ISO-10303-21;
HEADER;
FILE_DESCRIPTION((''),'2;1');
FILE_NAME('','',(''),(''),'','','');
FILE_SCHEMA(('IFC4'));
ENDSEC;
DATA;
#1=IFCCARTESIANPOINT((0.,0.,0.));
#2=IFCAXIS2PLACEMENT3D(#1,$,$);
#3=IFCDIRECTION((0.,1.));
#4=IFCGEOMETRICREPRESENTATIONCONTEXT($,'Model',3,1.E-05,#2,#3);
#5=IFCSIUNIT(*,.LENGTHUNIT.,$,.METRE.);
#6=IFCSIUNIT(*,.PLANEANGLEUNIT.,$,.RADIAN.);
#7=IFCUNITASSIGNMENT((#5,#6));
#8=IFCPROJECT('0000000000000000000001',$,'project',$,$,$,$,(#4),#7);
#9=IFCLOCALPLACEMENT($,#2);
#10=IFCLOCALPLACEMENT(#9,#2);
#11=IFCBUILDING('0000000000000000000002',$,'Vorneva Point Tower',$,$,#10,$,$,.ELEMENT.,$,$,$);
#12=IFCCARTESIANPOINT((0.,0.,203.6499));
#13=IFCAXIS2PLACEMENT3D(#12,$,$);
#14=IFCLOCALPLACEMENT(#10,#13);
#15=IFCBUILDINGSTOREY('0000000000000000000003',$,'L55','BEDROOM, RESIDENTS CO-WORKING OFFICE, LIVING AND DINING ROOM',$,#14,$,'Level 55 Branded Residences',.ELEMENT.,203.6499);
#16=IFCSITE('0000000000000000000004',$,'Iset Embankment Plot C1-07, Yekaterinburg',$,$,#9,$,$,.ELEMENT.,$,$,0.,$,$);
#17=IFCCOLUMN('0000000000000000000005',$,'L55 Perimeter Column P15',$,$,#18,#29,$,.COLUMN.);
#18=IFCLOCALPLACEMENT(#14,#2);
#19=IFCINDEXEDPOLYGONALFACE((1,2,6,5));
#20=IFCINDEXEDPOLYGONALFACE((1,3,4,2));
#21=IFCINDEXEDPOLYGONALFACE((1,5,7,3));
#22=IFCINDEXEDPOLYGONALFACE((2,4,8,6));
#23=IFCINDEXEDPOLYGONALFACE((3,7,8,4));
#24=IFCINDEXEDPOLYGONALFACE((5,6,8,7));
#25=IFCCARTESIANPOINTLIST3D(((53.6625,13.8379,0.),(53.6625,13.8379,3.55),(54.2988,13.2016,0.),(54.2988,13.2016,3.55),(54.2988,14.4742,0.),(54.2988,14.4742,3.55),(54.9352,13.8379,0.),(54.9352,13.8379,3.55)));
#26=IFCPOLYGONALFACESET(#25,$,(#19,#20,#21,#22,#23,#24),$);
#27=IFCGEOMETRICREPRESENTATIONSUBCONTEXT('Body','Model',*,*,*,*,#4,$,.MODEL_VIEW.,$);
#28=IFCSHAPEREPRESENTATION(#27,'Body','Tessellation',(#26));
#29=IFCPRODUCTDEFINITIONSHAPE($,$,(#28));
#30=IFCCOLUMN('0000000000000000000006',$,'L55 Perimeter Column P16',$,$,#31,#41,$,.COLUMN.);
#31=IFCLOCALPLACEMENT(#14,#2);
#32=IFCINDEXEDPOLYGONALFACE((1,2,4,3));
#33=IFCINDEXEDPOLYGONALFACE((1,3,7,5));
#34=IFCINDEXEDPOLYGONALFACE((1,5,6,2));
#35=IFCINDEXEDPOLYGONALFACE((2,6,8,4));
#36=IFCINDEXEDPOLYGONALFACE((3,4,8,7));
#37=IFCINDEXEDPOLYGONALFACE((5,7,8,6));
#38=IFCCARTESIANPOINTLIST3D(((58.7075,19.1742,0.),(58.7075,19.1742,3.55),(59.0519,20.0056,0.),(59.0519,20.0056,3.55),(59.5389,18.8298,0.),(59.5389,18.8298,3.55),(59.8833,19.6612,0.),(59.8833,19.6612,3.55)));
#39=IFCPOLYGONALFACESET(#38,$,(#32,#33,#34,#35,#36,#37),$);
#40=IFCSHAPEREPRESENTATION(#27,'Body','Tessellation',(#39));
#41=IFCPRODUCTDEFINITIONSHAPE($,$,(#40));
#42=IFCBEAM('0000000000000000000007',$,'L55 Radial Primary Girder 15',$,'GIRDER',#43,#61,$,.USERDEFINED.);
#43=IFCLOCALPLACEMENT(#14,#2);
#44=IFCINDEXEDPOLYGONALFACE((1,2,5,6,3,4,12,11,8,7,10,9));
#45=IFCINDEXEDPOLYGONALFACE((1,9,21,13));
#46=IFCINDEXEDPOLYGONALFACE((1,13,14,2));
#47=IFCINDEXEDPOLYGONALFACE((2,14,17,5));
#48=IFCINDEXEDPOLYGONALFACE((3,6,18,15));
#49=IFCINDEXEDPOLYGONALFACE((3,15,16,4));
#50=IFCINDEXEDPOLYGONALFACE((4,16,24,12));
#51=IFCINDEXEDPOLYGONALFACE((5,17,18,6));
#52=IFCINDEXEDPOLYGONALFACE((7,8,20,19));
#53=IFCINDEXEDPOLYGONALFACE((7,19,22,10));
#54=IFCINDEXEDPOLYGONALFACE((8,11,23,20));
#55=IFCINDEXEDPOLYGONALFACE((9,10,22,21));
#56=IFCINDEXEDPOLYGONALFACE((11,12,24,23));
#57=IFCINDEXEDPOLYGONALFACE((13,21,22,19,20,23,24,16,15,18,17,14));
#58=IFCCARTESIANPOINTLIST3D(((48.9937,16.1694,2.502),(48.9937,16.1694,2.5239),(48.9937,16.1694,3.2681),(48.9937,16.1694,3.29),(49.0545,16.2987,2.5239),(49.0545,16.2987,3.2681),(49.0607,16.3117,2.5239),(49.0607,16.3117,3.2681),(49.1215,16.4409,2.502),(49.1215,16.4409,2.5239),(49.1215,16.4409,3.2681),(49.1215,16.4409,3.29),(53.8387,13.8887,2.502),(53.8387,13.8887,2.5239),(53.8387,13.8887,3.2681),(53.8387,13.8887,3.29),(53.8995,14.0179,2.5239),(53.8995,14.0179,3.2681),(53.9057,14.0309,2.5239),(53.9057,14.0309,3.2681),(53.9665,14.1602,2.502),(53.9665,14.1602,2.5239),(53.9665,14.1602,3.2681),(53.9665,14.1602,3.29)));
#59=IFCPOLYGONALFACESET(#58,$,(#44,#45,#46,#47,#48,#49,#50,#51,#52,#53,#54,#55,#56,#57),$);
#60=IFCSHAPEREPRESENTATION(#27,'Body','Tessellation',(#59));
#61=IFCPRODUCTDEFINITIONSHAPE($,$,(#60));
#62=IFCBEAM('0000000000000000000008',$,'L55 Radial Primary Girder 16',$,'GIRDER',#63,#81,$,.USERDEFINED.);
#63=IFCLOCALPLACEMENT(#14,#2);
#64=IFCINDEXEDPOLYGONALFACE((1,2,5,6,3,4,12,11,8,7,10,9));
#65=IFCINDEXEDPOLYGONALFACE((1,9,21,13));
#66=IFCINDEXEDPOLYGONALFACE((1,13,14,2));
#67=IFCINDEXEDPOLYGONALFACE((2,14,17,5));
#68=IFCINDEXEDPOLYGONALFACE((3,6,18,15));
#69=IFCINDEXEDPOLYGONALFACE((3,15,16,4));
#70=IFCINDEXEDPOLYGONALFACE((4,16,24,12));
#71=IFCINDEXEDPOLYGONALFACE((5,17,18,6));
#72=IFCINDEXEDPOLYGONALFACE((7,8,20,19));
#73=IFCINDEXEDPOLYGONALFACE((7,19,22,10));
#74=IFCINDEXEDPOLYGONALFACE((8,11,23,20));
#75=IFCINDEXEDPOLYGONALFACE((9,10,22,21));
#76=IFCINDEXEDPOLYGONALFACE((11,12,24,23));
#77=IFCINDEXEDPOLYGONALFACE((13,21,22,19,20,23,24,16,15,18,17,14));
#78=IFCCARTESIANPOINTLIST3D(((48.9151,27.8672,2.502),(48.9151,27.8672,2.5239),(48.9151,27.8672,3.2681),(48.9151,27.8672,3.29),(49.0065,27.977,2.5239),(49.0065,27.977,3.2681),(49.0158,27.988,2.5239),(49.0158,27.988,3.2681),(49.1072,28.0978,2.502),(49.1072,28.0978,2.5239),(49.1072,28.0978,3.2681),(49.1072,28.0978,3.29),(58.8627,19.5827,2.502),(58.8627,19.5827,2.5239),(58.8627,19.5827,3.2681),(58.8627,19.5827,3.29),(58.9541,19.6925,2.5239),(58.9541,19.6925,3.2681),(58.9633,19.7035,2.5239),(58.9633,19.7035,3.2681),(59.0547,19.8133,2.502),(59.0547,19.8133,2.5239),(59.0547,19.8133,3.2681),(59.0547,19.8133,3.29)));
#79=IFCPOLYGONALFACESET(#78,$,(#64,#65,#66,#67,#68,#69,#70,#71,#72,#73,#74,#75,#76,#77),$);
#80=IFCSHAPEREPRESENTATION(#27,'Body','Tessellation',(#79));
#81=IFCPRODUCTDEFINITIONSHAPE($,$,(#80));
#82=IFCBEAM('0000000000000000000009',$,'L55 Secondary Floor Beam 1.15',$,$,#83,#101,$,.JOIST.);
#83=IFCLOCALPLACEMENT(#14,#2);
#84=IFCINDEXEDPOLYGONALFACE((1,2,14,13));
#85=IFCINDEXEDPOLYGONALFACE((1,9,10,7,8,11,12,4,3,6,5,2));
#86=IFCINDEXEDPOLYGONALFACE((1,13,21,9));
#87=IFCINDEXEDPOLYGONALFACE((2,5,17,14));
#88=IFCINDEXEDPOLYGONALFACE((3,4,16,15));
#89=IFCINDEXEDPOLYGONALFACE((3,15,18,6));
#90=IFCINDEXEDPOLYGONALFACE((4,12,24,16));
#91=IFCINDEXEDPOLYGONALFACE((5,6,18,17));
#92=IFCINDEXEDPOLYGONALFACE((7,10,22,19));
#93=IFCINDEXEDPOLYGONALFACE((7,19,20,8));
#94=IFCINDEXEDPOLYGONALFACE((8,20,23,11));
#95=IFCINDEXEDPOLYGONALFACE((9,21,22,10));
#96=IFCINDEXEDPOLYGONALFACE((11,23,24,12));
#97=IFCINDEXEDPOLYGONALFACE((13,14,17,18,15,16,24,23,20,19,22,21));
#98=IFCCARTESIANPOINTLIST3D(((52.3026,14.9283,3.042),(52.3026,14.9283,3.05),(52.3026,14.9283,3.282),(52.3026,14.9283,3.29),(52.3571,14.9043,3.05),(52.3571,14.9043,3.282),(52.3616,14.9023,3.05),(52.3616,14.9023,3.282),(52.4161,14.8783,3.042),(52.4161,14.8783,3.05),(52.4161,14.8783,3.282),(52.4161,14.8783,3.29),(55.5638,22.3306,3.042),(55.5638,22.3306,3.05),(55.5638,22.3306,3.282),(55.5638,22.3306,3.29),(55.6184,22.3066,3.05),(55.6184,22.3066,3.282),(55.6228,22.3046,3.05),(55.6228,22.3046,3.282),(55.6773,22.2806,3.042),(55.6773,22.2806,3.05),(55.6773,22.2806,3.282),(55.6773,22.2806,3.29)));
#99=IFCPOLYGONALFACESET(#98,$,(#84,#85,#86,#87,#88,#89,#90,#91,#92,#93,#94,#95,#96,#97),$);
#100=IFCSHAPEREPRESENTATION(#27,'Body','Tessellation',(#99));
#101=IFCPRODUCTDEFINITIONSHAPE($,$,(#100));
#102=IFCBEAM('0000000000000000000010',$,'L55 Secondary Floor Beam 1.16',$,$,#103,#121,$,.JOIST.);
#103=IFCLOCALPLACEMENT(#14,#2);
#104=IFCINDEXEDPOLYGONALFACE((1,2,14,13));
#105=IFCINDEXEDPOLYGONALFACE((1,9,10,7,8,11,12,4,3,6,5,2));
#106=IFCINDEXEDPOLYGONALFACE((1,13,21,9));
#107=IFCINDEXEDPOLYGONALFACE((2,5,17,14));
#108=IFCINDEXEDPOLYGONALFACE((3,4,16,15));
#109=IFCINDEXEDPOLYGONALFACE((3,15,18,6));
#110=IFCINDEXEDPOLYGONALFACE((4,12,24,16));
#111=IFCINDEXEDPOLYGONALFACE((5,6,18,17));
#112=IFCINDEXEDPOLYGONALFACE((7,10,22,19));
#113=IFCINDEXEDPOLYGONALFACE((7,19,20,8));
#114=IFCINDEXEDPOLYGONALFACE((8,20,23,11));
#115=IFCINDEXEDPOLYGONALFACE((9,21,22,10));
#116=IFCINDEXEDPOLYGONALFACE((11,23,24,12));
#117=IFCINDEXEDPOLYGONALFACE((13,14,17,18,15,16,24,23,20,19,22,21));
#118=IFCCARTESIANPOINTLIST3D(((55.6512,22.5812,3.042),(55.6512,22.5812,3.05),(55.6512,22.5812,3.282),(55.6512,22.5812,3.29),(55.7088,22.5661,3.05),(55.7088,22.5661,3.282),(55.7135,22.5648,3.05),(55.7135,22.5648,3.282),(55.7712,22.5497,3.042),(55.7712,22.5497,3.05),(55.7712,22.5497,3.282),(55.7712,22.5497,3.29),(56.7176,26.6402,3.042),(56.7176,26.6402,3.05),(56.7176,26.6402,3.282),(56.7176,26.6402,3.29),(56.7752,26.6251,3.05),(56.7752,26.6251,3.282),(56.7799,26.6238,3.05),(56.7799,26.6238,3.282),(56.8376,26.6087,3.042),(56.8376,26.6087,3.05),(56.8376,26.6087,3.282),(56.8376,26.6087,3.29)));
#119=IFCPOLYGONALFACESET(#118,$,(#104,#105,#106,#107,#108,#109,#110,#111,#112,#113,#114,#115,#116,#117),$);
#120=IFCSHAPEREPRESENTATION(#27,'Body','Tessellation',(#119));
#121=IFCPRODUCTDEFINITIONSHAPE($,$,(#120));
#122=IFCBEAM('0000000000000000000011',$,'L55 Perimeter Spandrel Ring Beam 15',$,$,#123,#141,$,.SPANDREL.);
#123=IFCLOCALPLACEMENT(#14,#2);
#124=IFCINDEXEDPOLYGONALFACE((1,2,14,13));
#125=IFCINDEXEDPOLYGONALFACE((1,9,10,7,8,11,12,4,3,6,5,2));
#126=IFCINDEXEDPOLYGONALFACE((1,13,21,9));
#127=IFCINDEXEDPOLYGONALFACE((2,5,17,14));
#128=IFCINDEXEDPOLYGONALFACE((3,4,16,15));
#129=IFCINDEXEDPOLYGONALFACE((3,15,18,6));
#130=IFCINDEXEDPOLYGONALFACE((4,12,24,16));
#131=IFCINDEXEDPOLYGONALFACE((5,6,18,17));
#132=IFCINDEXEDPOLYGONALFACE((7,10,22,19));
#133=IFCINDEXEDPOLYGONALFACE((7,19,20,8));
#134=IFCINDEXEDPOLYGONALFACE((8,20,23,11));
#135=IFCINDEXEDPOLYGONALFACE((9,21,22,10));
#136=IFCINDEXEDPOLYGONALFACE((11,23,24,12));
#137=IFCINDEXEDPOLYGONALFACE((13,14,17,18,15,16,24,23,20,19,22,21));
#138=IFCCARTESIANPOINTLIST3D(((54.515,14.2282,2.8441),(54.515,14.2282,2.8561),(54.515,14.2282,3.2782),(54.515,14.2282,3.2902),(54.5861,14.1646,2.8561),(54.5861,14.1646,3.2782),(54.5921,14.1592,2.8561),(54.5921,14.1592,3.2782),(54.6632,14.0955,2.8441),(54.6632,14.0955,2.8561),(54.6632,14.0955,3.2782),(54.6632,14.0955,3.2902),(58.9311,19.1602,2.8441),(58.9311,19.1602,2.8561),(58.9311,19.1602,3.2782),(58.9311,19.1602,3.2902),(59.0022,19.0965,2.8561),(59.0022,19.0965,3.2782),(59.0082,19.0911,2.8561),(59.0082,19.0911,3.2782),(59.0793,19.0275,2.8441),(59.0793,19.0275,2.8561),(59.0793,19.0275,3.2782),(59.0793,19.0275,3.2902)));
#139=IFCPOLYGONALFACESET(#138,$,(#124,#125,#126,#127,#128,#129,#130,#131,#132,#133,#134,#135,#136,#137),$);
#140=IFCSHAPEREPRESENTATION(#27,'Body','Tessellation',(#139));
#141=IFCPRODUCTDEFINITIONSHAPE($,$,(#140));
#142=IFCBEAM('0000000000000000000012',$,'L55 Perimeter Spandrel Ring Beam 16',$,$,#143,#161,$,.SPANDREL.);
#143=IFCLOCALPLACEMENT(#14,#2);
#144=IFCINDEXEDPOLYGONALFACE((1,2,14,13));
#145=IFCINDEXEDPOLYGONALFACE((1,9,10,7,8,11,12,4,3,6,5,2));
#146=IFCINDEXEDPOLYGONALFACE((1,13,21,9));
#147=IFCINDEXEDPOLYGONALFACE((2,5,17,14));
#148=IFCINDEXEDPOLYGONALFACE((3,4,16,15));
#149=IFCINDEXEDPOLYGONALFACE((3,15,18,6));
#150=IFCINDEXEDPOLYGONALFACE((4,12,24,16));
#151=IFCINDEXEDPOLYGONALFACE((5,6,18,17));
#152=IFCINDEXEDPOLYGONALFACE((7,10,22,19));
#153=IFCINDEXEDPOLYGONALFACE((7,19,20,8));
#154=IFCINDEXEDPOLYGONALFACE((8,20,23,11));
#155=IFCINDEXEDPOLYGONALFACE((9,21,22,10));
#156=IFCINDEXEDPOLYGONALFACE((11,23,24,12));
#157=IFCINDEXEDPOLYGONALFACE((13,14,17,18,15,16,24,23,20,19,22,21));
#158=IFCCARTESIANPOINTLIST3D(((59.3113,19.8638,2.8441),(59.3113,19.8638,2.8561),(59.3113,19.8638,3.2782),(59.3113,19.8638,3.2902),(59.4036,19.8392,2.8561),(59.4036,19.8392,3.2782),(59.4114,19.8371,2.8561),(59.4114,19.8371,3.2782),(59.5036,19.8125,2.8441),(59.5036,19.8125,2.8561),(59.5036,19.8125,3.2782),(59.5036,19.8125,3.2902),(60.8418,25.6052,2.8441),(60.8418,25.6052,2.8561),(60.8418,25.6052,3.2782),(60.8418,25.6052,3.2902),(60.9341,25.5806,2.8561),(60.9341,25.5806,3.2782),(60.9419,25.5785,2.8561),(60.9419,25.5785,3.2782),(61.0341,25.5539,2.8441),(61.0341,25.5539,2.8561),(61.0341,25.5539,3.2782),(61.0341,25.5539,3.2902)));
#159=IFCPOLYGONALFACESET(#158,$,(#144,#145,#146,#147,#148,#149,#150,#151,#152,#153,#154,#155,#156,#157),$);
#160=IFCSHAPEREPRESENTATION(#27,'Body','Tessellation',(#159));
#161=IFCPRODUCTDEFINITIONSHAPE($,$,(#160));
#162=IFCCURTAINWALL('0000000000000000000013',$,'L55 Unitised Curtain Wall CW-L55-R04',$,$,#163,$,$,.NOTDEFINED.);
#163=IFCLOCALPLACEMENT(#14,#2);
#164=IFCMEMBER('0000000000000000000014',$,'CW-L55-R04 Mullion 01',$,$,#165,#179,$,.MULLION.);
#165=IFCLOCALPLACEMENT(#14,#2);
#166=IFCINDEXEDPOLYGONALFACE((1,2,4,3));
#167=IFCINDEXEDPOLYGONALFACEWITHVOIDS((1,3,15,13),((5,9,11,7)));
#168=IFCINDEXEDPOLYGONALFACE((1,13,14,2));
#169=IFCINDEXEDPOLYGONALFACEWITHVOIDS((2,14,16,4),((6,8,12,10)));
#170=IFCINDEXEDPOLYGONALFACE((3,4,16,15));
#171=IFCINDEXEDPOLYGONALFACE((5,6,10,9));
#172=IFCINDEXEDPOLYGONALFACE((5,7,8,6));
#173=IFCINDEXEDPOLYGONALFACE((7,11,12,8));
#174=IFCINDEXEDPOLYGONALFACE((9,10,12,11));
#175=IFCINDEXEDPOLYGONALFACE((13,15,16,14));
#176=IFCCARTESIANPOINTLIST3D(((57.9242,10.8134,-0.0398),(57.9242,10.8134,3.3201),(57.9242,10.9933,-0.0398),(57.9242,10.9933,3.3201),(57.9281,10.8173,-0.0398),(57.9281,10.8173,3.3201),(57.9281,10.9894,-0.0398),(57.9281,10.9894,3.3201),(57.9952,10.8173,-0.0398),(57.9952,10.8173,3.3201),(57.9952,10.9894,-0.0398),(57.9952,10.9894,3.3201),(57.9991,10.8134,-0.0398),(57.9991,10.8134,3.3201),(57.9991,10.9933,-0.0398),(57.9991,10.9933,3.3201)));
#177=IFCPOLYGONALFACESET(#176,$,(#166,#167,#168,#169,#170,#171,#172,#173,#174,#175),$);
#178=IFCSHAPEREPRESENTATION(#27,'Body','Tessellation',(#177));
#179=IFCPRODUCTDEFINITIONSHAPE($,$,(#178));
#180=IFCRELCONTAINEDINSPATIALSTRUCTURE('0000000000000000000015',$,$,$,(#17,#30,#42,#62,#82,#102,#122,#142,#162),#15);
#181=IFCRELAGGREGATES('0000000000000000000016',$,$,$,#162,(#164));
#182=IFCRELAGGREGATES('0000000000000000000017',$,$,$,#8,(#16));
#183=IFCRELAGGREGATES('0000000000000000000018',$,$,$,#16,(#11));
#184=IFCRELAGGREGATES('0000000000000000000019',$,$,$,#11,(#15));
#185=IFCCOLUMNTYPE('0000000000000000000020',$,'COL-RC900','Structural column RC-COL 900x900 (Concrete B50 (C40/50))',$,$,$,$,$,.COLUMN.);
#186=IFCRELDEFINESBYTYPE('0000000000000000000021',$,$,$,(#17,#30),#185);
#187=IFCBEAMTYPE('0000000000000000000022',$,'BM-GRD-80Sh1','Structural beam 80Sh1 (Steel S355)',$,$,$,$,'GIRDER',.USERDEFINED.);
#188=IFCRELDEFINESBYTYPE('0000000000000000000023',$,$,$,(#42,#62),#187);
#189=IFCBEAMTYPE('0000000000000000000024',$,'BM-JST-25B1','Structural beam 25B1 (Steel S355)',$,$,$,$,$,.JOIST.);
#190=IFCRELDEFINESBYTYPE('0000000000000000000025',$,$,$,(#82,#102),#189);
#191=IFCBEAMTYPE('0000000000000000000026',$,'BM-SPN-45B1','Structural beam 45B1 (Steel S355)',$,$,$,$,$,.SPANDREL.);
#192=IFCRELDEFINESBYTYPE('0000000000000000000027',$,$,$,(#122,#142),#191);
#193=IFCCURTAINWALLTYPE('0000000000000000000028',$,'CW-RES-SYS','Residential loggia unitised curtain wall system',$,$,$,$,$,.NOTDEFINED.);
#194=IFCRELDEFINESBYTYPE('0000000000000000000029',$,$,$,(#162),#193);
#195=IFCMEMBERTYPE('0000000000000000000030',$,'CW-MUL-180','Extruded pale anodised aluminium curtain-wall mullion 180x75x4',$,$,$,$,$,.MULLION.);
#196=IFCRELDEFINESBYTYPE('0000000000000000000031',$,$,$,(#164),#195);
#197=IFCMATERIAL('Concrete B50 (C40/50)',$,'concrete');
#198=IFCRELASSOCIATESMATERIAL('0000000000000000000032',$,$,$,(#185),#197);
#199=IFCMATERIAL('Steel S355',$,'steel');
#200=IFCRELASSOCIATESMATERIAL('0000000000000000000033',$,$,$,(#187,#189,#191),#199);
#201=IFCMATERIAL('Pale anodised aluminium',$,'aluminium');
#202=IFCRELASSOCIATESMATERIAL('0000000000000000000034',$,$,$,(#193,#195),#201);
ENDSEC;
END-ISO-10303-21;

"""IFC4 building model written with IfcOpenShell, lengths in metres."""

from ifc_helpers import new_model, si_unit, direction, frame, origin, origin_2d, place, context, subcontext, project, spatial, rectangle, hollow_rectangle, i_section, extrude, material, material_profile, profile_set, type_object, element, aggregate, save


model = new_model("IFC4")

# Units and contexts
model_context = context("Model", 3, precision=1e-05, world=origin(), true_north=direction((0.0, 1.0)))
body_context = subcontext(model_context, "Body", "Model", "MODEL_VIEW")
ifc_project = project(units=[si_unit("LENGTHUNIT", "METRE"), si_unit("PLANEANGLEUNIT", "RADIAN")], contexts=[model_context])

# Site, building, storey
site_placement = place(None, origin())
site = spatial("IfcSite", under=ifc_project, at=site_placement, Name="Iset Embankment Plot C1-07, Yekaterinburg", CompositionType="ELEMENT", RefElevation=0.0)
building_placement = place(site_placement, origin())
building = spatial("IfcBuilding", under=site, at=building_placement, Name="Vorneva Point Tower", CompositionType="ELEMENT")
storey_placement = place(building_placement, frame((0.0, 0.0, 203.6499)))
storey = spatial("IfcBuildingStorey", under=building, at=storey_placement, Name="L55", Description="BEDROOM, RESIDENTS CO-WORKING OFFICE, LIVING AND DINING ROOM", LongName="Level 55 Branded Residences", CompositionType="ELEMENT", Elevation=203.6499)

# Columns
ifc_material_1 = material(Name="Concrete B50 (C40/50)", Category="concrete")
ifc_material_profile_1 = material_profile(ifc_material_1, rectangle(XDim=0.8999, YDim=0.8999, at=origin_2d()), Name="RC-COL 900x900")
ifc_profile_set_1 = profile_set([ifc_material_profile_1], Name="Concrete B50 (C40/50)")
column_type = type_object("IfcColumnType", Name="COL-RC900", Description="Structural column RC-COL 900x900 (Concrete B50 (C40/50))", PredefinedType="COLUMN", material=ifc_profile_set_1)
for number, where, z_axis, x_axis, name in (
    (1, (54.2988, 13.8379, 0.0), (0.0, 0.0, 1.0), (0.707107, -0.707107, 0.0), "L55 Perimeter Column P15"),
    (2, (59.2954, 19.4177, 0.0), (0.0, 0.0, 1.0), (0.92388, -0.382683, 0.0), "L55 Perimeter Column P16"),
):
    element("IfcColumn", number, at=place(storey_placement, frame(where, z_axis=z_axis, x_axis=x_axis)), inside=storey, type_object=column_type, Name=name, PredefinedType="COLUMN", context=body_context, shape_type="SweptSolid", body=[
        extrude(rectangle(XDim=0.8999, YDim=0.8999, at=origin_2d()), origin(), (0.0, 0.0, 1.0), 3.55),
    ])

# Beams
ifc_material_2 = material(Name="Steel S355", Category="steel")
ifc_material_profile_2 = material_profile(ifc_material_2, i_section(OverallWidth=0.3, OverallDepth=0.7881, WebThickness=0.0144, FlangeThickness=0.022, at=origin_2d()), Name="80Sh1")
ifc_profile_set_2 = profile_set([ifc_material_profile_2], Name="Steel S355")
beam_type_1 = type_object("IfcBeamType", Name="BM-GRD-80Sh1", Description="Structural beam 80Sh1 (Steel S355)", ElementType="GIRDER", PredefinedType="USERDEFINED", material=ifc_profile_set_2)
beam_1_placement = place(storey_placement, frame((53.9026, 14.0244, 2.896), z_axis=(-0.904763, 0.425916, 0.0), x_axis=(-0.425916, -0.904763, 0.0)))
element("IfcBeam", 3, at=beam_1_placement, inside=storey, type_object=beam_type_1, Name="L55 Radial Primary Girder 15", ObjectType="GIRDER", PredefinedType="USERDEFINED", context=body_context, shape_type="SweptSolid", body=[
    extrude(i_section(OverallWidth=0.3, OverallDepth=0.7881, WebThickness=0.0144, FlangeThickness=0.022, at=origin_2d()), origin(), (0.0, 0.0, 1.0), 5.355),
])
beam_2_placement = place(storey_placement, frame((58.9587, 19.698, 2.896), z_axis=(-0.768418, 0.639949, 0.0), x_axis=(-0.639949, -0.768418, 0.0)))
element("IfcBeam", 4, at=beam_2_placement, inside=storey, type_object=beam_type_1, Name="L55 Radial Primary Girder 16", ObjectType="GIRDER", PredefinedType="USERDEFINED", context=body_context, shape_type="SweptSolid", body=[
    extrude(i_section(OverallWidth=0.3, OverallDepth=0.7881, WebThickness=0.0144, FlangeThickness=0.022, at=origin_2d()), origin(), (0.0, 0.0, 1.0), 12.9456),
])
ifc_material_profile_3 = material_profile(ifc_material_2, i_section(OverallWidth=0.124, OverallDepth=0.248, WebThickness=0.0049, FlangeThickness=0.0081, at=origin_2d()), Name="25B1")
ifc_profile_set_3 = profile_set([ifc_material_profile_3], Name="Steel S355")
beam_type_2 = type_object("IfcBeamType", Name="BM-JST-25B1", Description="Structural beam 25B1 (Steel S355)", PredefinedType="JOIST", material=ifc_profile_set_3)
beam_3_placement = place(storey_placement, frame((52.3594, 14.9033, 3.166), z_axis=(0.403173, 0.915124, 0.0), x_axis=(-0.915124, 0.403173, 0.0)))
element("IfcBeam", 5, at=beam_3_placement, inside=storey, type_object=beam_type_2, Name="L55 Secondary Floor Beam 1.15", PredefinedType="JOIST", context=body_context, shape_type="SweptSolid", body=[
    extrude(i_section(OverallWidth=0.124, OverallDepth=0.248, WebThickness=0.0049, FlangeThickness=0.0081, at=origin_2d()), origin(), (0.0, 0.0, 1.0), 8.0889),
])
beam_4_placement = place(storey_placement, frame((55.7112, 22.5654, 3.166), z_axis=(0.254098, 0.967178, 0.0), x_axis=(-0.967178, 0.254098, 0.0)))
element("IfcBeam", 6, at=beam_4_placement, inside=storey, type_object=beam_type_2, Name="L55 Secondary Floor Beam 1.16", PredefinedType="JOIST", context=body_context, shape_type="SweptSolid", body=[
    extrude(i_section(OverallWidth=0.124, OverallDepth=0.248, WebThickness=0.0049, FlangeThickness=0.0081, at=origin_2d()), origin(), (0.0, 0.0, 1.0), 4.1968),
])
ifc_material_profile_4 = material_profile(ifc_material_2, i_section(OverallWidth=0.199, OverallDepth=0.446, WebThickness=0.0081, FlangeThickness=0.012, at=origin_2d()), Name="45B1")
ifc_profile_set_4 = profile_set([ifc_material_profile_4], Name="Steel S355")
beam_type_3 = type_object("IfcBeamType", Name="BM-SPN-45B1", Description="Structural beam 45B1 (Steel S355)", PredefinedType="SPANDREL", material=ifc_profile_set_4)
beam_5_placement = place(storey_placement, frame((54.5891, 14.1619, 3.0671), z_axis=(0.66707, 0.744995, 0.0), x_axis=(-0.744995, 0.66707, 0.0)))
element("IfcBeam", 7, at=beam_5_placement, inside=storey, type_object=beam_type_3, Name="L55 Perimeter Spandrel Ring Beam 15", PredefinedType="SPANDREL", context=body_context, shape_type="SweptSolid", body=[
    extrude(i_section(OverallWidth=0.199, OverallDepth=0.446, WebThickness=0.0081, FlangeThickness=0.012, at=origin_2d()), origin(), (0.0, 0.0, 1.0), 6.6201),
])
beam_6_placement = place(storey_placement, frame((59.4075, 19.8381, 3.0671), z_axis=(0.257578, 0.966257, 0.0), x_axis=(-0.966257, 0.257578, 0.0)))
element("IfcBeam", 8, at=beam_6_placement, inside=storey, type_object=beam_type_3, Name="L55 Perimeter Spandrel Ring Beam 16", PredefinedType="SPANDREL", context=body_context, shape_type="SweptSolid", body=[
    extrude(i_section(OverallWidth=0.199, OverallDepth=0.446, WebThickness=0.0081, FlangeThickness=0.012, at=origin_2d()), origin(), (0.0, 0.0, 1.0), 5.9419),
])

# Curtain wall, member
ifc_material_3 = material(Name="Pale anodised aluminium", Category="aluminium")
curtain_wall_type = type_object("IfcCurtainWallType", Name="CW-RES-SYS", Description="Residential loggia unitised curtain wall system", PredefinedType="NOTDEFINED", material=ifc_material_3)
curtain_wall_placement = place(storey_placement, origin())
curtain_wall = element("IfcCurtainWall", 9, at=curtain_wall_placement, inside=storey, type_object=curtain_wall_type, Name="L55 Unitised Curtain Wall CW-L55-R04", PredefinedType="NOTDEFINED")
ifc_material_profile_5 = material_profile(ifc_material_3, hollow_rectangle(XDim=0.075, YDim=0.1799, WallThickness=0.0039, at=origin_2d()), Name="AL-MUL 180x75x4")
ifc_profile_set_5 = profile_set([ifc_material_profile_5], Name="Pale anodised aluminium")
member_type_1 = type_object("IfcMemberType", Name="CW-MUL-180", Description="Extruded pale anodised aluminium curtain-wall mullion 180x75x4", PredefinedType="MULLION", material=ifc_profile_set_5)
member_1_placement = place(storey_placement, frame((57.9617, 10.9033, -0.0398), z_axis=(0.0, 0.0, 1.0), x_axis=(1.0, 0.0, 0.0)))
member_1 = element("IfcMember", 10, at=member_1_placement, type_object=member_type_1, Name="CW-L55-R04 Mullion 01", PredefinedType="MULLION", context=body_context, shape_type="SweptSolid", body=[
    extrude(hollow_rectangle(XDim=0.075, YDim=0.1799, WallThickness=0.0039, at=origin_2d()), origin(), (0.0, 0.0, 1.0), 3.3599),
])
aggregate(curtain_wall, [member_1])

save(model, "model.ifc")
